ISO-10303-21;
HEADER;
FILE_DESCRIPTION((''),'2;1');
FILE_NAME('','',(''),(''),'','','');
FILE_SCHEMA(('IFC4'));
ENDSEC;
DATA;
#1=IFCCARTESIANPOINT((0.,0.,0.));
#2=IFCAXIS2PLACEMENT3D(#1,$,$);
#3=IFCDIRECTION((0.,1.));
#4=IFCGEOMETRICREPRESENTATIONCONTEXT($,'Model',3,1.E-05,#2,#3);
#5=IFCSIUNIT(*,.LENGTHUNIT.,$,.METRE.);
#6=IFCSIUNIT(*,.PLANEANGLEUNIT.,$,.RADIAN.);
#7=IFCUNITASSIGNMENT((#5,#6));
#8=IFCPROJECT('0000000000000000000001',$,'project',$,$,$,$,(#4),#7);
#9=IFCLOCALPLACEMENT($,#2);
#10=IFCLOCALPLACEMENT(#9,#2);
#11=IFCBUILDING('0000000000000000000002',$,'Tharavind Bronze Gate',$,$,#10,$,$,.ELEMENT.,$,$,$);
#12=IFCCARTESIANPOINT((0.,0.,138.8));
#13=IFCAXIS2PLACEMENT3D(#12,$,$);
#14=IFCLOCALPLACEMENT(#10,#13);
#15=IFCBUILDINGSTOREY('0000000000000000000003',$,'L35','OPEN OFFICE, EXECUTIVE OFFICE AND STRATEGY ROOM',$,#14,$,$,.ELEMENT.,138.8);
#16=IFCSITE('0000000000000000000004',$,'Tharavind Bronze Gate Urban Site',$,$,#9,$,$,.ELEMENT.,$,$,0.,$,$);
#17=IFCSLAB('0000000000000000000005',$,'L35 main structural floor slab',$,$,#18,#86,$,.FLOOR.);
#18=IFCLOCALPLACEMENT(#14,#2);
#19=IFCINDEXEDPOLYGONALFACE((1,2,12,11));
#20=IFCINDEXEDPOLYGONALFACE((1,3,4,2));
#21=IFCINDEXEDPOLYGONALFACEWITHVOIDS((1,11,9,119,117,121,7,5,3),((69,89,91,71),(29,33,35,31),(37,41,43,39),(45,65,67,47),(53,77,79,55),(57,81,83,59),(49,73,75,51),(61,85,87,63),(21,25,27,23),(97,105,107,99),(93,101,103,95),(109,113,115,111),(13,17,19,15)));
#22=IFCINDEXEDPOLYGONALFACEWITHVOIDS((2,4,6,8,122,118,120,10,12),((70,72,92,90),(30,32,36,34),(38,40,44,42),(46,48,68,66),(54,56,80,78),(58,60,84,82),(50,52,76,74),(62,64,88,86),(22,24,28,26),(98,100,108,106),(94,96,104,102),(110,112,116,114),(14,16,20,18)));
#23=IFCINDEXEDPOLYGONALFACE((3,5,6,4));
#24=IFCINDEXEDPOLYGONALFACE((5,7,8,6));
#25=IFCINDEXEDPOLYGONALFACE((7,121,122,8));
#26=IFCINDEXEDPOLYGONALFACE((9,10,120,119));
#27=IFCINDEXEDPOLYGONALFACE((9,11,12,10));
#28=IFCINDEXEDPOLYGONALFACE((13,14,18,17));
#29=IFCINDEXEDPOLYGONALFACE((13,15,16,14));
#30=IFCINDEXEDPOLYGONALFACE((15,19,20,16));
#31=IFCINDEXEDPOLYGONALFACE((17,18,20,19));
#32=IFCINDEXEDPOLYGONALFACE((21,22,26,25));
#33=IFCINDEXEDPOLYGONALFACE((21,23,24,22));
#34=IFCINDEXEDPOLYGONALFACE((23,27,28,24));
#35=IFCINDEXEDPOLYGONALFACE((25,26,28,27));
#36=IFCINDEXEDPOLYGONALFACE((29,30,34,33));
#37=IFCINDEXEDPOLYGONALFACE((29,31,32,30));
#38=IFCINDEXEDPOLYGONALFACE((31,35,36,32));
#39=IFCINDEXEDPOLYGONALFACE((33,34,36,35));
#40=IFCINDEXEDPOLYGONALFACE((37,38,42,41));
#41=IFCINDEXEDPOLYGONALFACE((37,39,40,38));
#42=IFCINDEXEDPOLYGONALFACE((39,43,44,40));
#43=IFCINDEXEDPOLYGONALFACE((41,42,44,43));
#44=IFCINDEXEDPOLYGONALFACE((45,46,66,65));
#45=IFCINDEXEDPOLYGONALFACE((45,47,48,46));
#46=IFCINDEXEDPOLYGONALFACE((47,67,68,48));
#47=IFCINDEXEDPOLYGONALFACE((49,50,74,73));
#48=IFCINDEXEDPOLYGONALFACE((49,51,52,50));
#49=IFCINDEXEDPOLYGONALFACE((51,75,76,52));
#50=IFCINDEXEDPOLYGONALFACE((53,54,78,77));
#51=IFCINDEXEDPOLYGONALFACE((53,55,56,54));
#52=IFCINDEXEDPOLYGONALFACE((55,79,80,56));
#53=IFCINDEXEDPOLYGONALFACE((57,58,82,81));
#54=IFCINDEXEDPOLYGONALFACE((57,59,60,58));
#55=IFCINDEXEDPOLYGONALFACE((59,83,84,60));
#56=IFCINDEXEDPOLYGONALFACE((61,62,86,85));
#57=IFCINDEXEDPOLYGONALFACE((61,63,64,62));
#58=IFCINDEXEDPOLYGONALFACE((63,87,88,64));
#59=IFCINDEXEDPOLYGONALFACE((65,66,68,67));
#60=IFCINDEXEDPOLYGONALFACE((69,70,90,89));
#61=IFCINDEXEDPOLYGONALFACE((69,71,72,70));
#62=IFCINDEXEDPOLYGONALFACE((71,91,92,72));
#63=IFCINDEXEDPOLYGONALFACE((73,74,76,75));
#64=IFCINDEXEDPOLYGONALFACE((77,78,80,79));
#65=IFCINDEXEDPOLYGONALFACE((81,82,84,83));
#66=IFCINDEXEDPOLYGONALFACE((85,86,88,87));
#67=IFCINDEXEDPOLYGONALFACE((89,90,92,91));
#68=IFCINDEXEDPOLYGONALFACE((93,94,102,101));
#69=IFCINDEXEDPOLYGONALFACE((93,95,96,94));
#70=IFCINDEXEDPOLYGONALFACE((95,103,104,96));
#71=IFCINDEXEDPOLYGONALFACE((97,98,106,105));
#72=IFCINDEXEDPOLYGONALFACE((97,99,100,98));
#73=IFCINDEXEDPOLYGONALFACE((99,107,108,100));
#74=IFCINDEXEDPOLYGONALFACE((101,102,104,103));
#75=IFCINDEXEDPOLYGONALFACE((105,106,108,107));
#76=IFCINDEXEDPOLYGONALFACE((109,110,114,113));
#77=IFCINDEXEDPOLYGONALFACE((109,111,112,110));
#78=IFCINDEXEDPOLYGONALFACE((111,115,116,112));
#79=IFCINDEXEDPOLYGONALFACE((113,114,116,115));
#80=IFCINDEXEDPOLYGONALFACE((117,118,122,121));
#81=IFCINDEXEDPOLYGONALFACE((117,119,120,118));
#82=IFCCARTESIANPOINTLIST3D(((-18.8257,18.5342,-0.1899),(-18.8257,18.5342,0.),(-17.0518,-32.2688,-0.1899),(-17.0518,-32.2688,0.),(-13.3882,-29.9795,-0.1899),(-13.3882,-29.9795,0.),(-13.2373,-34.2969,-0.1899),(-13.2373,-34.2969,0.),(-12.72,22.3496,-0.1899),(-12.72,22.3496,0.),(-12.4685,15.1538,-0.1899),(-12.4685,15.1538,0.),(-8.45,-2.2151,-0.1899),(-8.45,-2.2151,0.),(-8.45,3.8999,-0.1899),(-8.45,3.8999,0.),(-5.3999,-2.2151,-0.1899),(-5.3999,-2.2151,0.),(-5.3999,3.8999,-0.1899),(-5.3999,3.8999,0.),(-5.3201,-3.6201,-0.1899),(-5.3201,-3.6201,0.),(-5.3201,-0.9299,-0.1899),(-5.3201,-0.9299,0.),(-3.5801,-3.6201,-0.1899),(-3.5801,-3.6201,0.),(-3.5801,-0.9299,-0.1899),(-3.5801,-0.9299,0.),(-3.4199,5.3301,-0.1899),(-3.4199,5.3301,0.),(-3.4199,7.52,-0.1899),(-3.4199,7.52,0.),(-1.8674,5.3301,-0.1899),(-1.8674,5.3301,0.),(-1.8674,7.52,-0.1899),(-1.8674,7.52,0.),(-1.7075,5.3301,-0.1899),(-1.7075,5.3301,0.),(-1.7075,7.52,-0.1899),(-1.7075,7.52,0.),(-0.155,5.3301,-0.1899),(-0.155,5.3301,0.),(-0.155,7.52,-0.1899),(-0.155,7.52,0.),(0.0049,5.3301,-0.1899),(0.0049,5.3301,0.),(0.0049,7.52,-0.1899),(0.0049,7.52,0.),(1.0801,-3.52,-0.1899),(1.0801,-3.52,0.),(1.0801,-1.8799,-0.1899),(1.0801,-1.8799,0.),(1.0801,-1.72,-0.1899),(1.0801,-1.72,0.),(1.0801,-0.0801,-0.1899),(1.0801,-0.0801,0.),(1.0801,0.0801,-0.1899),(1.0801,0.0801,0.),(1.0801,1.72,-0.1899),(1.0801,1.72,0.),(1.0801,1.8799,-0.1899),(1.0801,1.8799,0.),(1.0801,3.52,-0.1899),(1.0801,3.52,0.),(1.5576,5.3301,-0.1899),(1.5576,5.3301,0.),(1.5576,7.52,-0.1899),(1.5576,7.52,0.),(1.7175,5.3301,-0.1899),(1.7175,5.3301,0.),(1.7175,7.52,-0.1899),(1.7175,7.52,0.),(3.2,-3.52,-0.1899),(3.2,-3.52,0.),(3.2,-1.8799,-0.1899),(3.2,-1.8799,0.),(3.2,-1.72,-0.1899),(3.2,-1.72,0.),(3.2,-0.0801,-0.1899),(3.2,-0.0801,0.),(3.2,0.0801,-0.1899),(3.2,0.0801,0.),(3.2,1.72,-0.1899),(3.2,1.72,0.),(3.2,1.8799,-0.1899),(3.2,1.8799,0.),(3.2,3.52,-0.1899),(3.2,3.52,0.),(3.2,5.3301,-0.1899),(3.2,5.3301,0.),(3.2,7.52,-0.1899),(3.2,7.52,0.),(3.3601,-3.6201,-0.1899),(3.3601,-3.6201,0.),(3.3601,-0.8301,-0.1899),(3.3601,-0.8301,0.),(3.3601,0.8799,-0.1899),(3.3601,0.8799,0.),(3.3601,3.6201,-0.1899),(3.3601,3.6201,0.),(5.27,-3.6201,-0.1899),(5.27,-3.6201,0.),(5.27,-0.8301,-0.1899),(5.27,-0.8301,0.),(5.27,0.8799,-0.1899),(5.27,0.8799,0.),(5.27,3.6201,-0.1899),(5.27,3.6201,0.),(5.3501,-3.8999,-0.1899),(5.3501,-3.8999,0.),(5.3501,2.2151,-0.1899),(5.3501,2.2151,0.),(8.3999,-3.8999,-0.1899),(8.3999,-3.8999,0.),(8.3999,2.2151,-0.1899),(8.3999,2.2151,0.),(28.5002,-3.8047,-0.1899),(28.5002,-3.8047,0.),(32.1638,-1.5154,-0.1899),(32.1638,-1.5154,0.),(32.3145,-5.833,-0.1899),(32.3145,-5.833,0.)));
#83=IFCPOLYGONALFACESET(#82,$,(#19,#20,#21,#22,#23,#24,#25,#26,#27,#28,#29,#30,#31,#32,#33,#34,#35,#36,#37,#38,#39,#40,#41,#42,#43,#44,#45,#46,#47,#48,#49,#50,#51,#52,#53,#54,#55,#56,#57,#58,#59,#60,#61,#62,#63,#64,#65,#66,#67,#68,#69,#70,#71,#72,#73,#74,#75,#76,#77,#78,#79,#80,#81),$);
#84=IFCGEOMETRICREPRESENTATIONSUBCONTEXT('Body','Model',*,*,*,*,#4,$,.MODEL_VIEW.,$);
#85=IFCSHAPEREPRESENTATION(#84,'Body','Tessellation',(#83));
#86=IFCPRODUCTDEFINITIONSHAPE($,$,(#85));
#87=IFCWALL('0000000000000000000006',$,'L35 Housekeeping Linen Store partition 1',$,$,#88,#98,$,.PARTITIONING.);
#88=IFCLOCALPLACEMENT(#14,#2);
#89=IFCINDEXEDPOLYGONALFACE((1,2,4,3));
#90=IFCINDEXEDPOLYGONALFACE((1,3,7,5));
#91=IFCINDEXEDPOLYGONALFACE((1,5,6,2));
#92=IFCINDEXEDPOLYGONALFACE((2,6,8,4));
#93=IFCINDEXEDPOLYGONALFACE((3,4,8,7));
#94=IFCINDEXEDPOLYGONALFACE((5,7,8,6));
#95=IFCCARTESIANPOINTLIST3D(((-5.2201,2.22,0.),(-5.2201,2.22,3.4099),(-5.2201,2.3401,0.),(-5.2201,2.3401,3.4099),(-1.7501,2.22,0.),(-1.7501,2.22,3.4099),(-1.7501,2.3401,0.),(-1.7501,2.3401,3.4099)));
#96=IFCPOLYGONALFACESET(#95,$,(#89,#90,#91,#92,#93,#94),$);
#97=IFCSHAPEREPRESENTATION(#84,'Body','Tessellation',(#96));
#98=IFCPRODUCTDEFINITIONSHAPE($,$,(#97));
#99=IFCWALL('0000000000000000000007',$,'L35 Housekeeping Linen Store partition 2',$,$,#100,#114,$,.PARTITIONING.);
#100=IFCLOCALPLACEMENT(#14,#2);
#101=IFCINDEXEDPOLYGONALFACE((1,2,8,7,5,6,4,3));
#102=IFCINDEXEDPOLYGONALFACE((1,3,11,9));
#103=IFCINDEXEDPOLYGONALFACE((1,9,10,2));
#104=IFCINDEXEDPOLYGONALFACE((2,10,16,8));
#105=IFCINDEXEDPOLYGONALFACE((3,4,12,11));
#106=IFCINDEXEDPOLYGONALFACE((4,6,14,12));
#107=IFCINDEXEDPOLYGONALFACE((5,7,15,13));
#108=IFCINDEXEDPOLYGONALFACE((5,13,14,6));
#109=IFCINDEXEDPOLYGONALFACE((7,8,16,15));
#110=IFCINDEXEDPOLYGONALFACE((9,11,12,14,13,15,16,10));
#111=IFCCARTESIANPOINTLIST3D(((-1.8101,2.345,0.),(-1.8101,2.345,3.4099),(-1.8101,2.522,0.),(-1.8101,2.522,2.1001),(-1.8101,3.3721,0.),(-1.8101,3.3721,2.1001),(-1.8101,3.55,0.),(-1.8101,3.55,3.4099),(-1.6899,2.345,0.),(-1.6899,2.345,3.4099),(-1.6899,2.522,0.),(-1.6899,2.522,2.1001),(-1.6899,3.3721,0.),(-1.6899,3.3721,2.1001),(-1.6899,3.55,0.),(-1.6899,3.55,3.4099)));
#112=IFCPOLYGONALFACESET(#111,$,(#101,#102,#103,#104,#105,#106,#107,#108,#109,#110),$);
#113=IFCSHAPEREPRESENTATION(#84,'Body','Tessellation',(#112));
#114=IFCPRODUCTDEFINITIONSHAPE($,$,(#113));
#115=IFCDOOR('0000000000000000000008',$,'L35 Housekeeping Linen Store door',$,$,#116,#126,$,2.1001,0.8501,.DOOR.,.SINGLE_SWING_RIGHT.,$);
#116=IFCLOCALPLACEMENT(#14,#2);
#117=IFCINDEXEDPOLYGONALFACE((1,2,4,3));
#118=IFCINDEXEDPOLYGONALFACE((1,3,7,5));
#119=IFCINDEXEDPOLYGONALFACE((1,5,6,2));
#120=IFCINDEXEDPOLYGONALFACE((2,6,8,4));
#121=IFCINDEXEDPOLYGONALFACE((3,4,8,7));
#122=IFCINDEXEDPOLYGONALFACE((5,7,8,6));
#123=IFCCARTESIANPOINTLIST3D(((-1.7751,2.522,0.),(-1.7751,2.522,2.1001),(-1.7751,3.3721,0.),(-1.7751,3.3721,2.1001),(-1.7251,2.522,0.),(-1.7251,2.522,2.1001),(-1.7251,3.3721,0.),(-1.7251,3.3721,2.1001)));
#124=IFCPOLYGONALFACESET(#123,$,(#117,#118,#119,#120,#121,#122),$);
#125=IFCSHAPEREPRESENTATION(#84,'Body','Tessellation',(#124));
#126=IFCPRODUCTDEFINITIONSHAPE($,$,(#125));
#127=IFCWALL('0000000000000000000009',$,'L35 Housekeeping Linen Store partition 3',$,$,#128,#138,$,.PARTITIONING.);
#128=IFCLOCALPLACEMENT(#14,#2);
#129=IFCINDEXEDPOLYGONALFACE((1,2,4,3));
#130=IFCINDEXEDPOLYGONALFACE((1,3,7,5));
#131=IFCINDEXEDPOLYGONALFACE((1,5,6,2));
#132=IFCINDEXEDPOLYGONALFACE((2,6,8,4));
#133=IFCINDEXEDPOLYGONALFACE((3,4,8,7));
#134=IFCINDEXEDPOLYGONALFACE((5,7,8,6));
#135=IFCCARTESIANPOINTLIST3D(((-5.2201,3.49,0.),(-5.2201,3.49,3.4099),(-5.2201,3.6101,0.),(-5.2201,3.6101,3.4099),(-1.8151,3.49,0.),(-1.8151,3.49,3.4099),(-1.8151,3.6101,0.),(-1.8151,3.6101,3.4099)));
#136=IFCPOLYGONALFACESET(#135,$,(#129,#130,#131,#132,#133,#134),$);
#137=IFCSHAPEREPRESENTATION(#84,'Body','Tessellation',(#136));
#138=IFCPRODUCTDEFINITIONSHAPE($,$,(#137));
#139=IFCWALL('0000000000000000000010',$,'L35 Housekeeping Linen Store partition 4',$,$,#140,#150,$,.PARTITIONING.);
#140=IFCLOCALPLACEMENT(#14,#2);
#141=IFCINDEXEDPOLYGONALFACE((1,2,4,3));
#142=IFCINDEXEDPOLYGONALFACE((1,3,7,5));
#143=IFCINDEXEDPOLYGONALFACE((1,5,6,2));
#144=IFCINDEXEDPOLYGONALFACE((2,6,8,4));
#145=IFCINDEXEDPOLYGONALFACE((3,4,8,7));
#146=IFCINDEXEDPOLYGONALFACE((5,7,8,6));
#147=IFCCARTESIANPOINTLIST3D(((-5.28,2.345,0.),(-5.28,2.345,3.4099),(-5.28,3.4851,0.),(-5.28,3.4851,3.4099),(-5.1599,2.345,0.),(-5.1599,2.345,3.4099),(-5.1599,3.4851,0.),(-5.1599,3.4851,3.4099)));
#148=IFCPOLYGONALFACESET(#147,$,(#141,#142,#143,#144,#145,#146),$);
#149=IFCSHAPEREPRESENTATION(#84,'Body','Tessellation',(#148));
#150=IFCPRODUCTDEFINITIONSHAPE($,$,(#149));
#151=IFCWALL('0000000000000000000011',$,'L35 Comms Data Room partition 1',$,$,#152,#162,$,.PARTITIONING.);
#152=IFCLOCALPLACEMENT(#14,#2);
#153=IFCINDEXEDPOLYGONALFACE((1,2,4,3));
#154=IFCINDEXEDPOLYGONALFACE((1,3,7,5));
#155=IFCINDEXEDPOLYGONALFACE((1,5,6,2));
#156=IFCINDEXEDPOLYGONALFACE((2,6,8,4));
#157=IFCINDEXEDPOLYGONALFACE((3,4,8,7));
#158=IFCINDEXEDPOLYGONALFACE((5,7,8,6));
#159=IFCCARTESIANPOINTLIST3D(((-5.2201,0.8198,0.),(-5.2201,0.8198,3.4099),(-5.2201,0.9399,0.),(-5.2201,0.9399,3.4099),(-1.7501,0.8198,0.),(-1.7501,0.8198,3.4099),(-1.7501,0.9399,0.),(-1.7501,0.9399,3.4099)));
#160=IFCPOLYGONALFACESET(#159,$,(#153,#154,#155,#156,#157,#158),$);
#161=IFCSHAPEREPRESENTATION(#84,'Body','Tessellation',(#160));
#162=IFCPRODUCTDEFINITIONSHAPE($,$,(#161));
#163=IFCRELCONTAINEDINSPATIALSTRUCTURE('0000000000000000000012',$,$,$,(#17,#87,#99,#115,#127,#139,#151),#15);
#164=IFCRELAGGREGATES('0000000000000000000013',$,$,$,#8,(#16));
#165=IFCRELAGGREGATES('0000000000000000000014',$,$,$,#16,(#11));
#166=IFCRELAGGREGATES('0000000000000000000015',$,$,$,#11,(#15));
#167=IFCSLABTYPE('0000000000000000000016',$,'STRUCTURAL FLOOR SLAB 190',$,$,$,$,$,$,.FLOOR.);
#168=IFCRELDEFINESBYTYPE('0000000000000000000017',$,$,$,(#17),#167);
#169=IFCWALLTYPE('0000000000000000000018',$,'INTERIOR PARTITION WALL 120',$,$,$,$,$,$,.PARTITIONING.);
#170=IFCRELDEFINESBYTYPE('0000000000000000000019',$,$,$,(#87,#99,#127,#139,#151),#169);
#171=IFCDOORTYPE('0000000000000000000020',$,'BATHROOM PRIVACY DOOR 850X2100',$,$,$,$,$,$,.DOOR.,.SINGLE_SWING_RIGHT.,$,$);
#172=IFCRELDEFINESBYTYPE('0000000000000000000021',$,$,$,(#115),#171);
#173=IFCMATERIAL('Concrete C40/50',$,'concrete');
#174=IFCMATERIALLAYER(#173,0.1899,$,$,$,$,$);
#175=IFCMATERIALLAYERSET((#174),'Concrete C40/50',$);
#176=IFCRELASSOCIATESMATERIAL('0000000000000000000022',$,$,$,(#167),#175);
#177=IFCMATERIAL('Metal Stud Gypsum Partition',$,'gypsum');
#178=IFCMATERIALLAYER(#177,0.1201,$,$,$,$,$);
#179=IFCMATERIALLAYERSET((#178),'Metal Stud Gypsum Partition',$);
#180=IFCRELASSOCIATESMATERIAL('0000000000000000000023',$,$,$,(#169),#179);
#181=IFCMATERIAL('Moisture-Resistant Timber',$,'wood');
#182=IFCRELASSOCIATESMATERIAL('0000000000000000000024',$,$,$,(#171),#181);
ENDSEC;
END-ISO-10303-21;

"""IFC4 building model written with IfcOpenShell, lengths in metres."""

from ifc_helpers import new_model, si_unit, direction, frame, frame_2d, origin, place, context, subcontext, project, spatial, polyline, rectangle, outline, extrude, material, layer, layer_set, type_object, element, fill, save


model = new_model("IFC4")

# Units and contexts
model_context = context("Model", 3, precision=1e-05, world=origin(), true_north=direction((0.0, 1.0)))
body_context = subcontext(model_context, "Body", "Model", "MODEL_VIEW")
ifc_project = project(units=[si_unit("LENGTHUNIT", "METRE"), si_unit("PLANEANGLEUNIT", "RADIAN")], contexts=[model_context])

# Site, building, storey
site_placement = place(None, origin())
site = spatial("IfcSite", under=ifc_project, at=site_placement, Name="Tharavind Bronze Gate Urban Site", CompositionType="ELEMENT", RefElevation=0.0)
building_placement = place(site_placement, origin())
building = spatial("IfcBuilding", under=site, at=building_placement, Name="Tharavind Bronze Gate", CompositionType="ELEMENT")
storey_placement = place(building_placement, frame((0.0, 0.0, 138.8)))
storey = spatial("IfcBuildingStorey", under=building, at=storey_placement, Name="L35", Description="OPEN OFFICE, EXECUTIVE OFFICE AND STRATEGY ROOM", CompositionType="ELEMENT", Elevation=138.8)

# Slab
ifc_material_1 = material(Name="Concrete C40/50", Category="concrete")
ifc_layer_1 = layer(ifc_material_1, 0.1899)
ifc_layer_set_1 = layer_set([ifc_layer_1], Name="Concrete C40/50")
slab_type = type_object("IfcSlabType", Name="STRUCTURAL FLOOR SLAB 190", PredefinedType="FLOOR", material=ifc_layer_set_1)
slab_placement = place(storey_placement, frame((0.0, 0.0, -0.1899)))
element("IfcSlab", 1, at=slab_placement, inside=storey, type_object=slab_type, Name="L35 main structural floor slab", PredefinedType="FLOOR", context=body_context, shape_type="SweptSolid", body=[
    extrude(outline(polyline([(-12.72, 22.3496), (-12.4685, 15.1538), (-18.8257, 18.5342), (-17.0518, -32.2688), (-13.3882, -29.9795), (-13.2373, -34.2969), (32.3145, -5.833), (28.5002, -3.8047), (32.1638, -1.5154), (-12.72, 22.3496)]), holes=[polyline([(-5.3999, -2.2151), (-5.3999, 3.8999), (-8.45, 3.8999), (-8.45, -2.2151), (-5.3999, -2.2151)]), polyline([(5.3501, 2.2151), (5.3501, -3.8999), (8.3999, -3.8999), (8.3999, 2.2151), (5.3501, 2.2151)]), polyline([(-3.4199, 5.3301), (-1.8674, 5.3301), (-1.8674, 7.52), (-3.4199, 7.52), (-3.4199, 5.3301)]), polyline([(-1.7075, 5.3301), (-0.155, 5.3301), (-0.155, 7.52), (-1.7075, 7.52), (-1.7075, 5.3301)]), polyline([(0.0049, 5.3301), (1.5576, 5.3301), (1.5576, 7.52), (0.0049, 7.52), (0.0049, 5.3301)]), polyline([(1.7175, 5.3301), (3.2, 5.3301), (3.2, 7.52), (1.7175, 7.52), (1.7175, 5.3301)]), polyline([(1.0801, -3.52), (3.2, -3.52), (3.2, -1.8799), (1.0801, -1.8799), (1.0801, -3.52)]), polyline([(1.0801, -1.72), (3.2, -1.72), (3.2, -0.0801), (1.0801, -0.0801), (1.0801, -1.72)]), polyline([(1.0801, 0.0801), (3.2, 0.0801), (3.2, 1.72), (1.0801, 1.72), (1.0801, 0.0801)]), polyline([(1.0801, 1.8799), (3.2, 1.8799), (3.2, 3.52), (1.0801, 3.52), (1.0801, 1.8799)]), polyline([(-5.3201, -3.6201), (-3.5801, -3.6201), (-3.5801, -0.9299), (-5.3201, -0.9299), (-5.3201, -3.6201)]), polyline([(3.3601, 0.8799), (5.27, 0.8799), (5.27, 3.6201), (3.3601, 3.6201), (3.3601, 0.8799)]), polyline([(3.3601, -3.6201), (5.27, -3.6201), (5.27, -0.8301), (3.3601, -0.8301), (3.3601, -3.6201)])]), origin(), (0.0, 0.0, 1.0), 0.1899),
])

# Wall
ifc_material_2 = material(Name="Metal Stud Gypsum Partition", Category="gypsum")
ifc_layer_2 = layer(ifc_material_2, 0.1201)
ifc_layer_set_2 = layer_set([ifc_layer_2], Name="Metal Stud Gypsum Partition")
wall_type_1 = type_object("IfcWallType", Name="INTERIOR PARTITION WALL 120", PredefinedType="PARTITIONING", material=ifc_layer_set_2)
wall_1_placement = place(storey_placement, frame((-5.22, 2.28, 0.0), z_axis=(0.0, 0.0, 1.0), x_axis=(1.0, 0.0, 0.0)))
element("IfcWall", 2, at=wall_1_placement, inside=storey, type_object=wall_type_1, Name="L35 Housekeeping Linen Store partition 1", PredefinedType="PARTITIONING", context=body_context, shape_type="SweptSolid", body=[
    extrude(rectangle(XDim=3.47, YDim=0.1201, at=frame_2d((1.7349, 0.0))), origin(), (0.0, 0.0, 1.0), 3.4099),
])

# Wall, opening, door
wall_2_placement = place(storey_placement, frame((-1.75, 2.345, 0.0), z_axis=(0.0, 0.0, 1.0), x_axis=(0.0, 1.0, 0.0)))
wall_2 = element("IfcWall", 3, at=wall_2_placement, inside=storey, type_object=wall_type_1, Name="L35 Housekeeping Linen Store partition 2", PredefinedType="PARTITIONING", context=body_context, shape_type="SweptSolid", body=[
    extrude(rectangle(XDim=1.2051, YDim=0.1201, at=frame_2d((0.6025, 0.0))), origin(), (0.0, 0.0, 1.0), 3.4099),
])
opening_1_placement = place(wall_2_placement, frame((0.177, 0.0, 0.0)))
opening_1 = element("IfcOpeningElement", 4, at=opening_1_placement, cuts=wall_2, PredefinedType="OPENING", context=body_context, shape_type="SweptSolid", body=[
    extrude(rectangle(XDim=0.8501, YDim=2.1001, at=frame_2d((0.425, 1.05))), frame((0.0, 0.0701, 0.0), z_axis=(0.0, -1.0, 0.0), x_axis=(1.0, 0.0, 0.0)), (0.0, 0.0, 1.0), 0.1401),
])
ifc_material_3 = material(Name="Moisture-Resistant Timber", Category="wood")
door_type_1 = type_object("IfcDoorType", Name="BATHROOM PRIVACY DOOR 850X2100", OperationType="SINGLE_SWING_RIGHT", PredefinedType="DOOR", material=ifc_material_3)
door_1_placement = place(opening_1_placement, frame((0.8501, 0.0, 0.0), z_axis=(0.0, 0.0, 1.0), x_axis=(-1.0, 0.0, 0.0)))
door_1 = element("IfcDoor", 5, at=door_1_placement, inside=storey, type_object=door_type_1, Name="L35 Housekeeping Linen Store door", OperationType="SINGLE_SWING_RIGHT", OverallHeight=2.1001, OverallWidth=0.8501, PredefinedType="DOOR", context=body_context, shape_type="SweptSolid", body=[
    extrude(rectangle(XDim=0.8501, YDim=2.1001, at=frame_2d((0.425, 1.05))), frame((0.0, 0.0249, 0.0), z_axis=(0.0, -1.0, 0.0), x_axis=(1.0, 0.0, 0.0)), (0.0, 0.0, 1.0), 0.05),
])
fill(opening_1, door_1)

# Walls
wall_3_placement = place(storey_placement, frame((-1.8149, 3.55, 0.0), z_axis=(0.0, 0.0, 1.0), x_axis=(-1.0, 0.0, 0.0)))
element("IfcWall", 6, at=wall_3_placement, inside=storey, type_object=wall_type_1, Name="L35 Housekeeping Linen Store partition 3", PredefinedType="PARTITIONING", context=body_context, shape_type="SweptSolid", body=[
    extrude(rectangle(XDim=3.405, YDim=0.1201, at=frame_2d((1.7026, 0.0))), origin(), (0.0, 0.0, 1.0), 3.4099),
])
wall_4_placement = place(storey_placement, frame((-5.22, 3.4851, 0.0), z_axis=(0.0, 0.0, 1.0), x_axis=(0.0, -1.0, 0.0)))
element("IfcWall", 7, at=wall_4_placement, inside=storey, type_object=wall_type_1, Name="L35 Housekeeping Linen Store partition 4", PredefinedType="PARTITIONING", context=body_context, shape_type="SweptSolid", body=[
    extrude(rectangle(XDim=1.1401, YDim=0.1201, at=frame_2d((0.5701, 0.0))), origin(), (0.0, 0.0, 1.0), 3.4099),
])
wall_5_placement = place(storey_placement, frame((-5.22, 0.8799, 0.0), z_axis=(0.0, 0.0, 1.0), x_axis=(1.0, 0.0, 0.0)))
element("IfcWall", 8, at=wall_5_placement, inside=storey, type_object=wall_type_1, Name="L35 Comms Data Room partition 1", PredefinedType="PARTITIONING", context=body_context, shape_type="SweptSolid", body=[
    extrude(rectangle(XDim=3.47, YDim=0.1201, at=frame_2d((1.7349, 0.0))), origin(), (0.0, 0.0, 1.0), 3.4099),
])

save(model, "model.ifc")
